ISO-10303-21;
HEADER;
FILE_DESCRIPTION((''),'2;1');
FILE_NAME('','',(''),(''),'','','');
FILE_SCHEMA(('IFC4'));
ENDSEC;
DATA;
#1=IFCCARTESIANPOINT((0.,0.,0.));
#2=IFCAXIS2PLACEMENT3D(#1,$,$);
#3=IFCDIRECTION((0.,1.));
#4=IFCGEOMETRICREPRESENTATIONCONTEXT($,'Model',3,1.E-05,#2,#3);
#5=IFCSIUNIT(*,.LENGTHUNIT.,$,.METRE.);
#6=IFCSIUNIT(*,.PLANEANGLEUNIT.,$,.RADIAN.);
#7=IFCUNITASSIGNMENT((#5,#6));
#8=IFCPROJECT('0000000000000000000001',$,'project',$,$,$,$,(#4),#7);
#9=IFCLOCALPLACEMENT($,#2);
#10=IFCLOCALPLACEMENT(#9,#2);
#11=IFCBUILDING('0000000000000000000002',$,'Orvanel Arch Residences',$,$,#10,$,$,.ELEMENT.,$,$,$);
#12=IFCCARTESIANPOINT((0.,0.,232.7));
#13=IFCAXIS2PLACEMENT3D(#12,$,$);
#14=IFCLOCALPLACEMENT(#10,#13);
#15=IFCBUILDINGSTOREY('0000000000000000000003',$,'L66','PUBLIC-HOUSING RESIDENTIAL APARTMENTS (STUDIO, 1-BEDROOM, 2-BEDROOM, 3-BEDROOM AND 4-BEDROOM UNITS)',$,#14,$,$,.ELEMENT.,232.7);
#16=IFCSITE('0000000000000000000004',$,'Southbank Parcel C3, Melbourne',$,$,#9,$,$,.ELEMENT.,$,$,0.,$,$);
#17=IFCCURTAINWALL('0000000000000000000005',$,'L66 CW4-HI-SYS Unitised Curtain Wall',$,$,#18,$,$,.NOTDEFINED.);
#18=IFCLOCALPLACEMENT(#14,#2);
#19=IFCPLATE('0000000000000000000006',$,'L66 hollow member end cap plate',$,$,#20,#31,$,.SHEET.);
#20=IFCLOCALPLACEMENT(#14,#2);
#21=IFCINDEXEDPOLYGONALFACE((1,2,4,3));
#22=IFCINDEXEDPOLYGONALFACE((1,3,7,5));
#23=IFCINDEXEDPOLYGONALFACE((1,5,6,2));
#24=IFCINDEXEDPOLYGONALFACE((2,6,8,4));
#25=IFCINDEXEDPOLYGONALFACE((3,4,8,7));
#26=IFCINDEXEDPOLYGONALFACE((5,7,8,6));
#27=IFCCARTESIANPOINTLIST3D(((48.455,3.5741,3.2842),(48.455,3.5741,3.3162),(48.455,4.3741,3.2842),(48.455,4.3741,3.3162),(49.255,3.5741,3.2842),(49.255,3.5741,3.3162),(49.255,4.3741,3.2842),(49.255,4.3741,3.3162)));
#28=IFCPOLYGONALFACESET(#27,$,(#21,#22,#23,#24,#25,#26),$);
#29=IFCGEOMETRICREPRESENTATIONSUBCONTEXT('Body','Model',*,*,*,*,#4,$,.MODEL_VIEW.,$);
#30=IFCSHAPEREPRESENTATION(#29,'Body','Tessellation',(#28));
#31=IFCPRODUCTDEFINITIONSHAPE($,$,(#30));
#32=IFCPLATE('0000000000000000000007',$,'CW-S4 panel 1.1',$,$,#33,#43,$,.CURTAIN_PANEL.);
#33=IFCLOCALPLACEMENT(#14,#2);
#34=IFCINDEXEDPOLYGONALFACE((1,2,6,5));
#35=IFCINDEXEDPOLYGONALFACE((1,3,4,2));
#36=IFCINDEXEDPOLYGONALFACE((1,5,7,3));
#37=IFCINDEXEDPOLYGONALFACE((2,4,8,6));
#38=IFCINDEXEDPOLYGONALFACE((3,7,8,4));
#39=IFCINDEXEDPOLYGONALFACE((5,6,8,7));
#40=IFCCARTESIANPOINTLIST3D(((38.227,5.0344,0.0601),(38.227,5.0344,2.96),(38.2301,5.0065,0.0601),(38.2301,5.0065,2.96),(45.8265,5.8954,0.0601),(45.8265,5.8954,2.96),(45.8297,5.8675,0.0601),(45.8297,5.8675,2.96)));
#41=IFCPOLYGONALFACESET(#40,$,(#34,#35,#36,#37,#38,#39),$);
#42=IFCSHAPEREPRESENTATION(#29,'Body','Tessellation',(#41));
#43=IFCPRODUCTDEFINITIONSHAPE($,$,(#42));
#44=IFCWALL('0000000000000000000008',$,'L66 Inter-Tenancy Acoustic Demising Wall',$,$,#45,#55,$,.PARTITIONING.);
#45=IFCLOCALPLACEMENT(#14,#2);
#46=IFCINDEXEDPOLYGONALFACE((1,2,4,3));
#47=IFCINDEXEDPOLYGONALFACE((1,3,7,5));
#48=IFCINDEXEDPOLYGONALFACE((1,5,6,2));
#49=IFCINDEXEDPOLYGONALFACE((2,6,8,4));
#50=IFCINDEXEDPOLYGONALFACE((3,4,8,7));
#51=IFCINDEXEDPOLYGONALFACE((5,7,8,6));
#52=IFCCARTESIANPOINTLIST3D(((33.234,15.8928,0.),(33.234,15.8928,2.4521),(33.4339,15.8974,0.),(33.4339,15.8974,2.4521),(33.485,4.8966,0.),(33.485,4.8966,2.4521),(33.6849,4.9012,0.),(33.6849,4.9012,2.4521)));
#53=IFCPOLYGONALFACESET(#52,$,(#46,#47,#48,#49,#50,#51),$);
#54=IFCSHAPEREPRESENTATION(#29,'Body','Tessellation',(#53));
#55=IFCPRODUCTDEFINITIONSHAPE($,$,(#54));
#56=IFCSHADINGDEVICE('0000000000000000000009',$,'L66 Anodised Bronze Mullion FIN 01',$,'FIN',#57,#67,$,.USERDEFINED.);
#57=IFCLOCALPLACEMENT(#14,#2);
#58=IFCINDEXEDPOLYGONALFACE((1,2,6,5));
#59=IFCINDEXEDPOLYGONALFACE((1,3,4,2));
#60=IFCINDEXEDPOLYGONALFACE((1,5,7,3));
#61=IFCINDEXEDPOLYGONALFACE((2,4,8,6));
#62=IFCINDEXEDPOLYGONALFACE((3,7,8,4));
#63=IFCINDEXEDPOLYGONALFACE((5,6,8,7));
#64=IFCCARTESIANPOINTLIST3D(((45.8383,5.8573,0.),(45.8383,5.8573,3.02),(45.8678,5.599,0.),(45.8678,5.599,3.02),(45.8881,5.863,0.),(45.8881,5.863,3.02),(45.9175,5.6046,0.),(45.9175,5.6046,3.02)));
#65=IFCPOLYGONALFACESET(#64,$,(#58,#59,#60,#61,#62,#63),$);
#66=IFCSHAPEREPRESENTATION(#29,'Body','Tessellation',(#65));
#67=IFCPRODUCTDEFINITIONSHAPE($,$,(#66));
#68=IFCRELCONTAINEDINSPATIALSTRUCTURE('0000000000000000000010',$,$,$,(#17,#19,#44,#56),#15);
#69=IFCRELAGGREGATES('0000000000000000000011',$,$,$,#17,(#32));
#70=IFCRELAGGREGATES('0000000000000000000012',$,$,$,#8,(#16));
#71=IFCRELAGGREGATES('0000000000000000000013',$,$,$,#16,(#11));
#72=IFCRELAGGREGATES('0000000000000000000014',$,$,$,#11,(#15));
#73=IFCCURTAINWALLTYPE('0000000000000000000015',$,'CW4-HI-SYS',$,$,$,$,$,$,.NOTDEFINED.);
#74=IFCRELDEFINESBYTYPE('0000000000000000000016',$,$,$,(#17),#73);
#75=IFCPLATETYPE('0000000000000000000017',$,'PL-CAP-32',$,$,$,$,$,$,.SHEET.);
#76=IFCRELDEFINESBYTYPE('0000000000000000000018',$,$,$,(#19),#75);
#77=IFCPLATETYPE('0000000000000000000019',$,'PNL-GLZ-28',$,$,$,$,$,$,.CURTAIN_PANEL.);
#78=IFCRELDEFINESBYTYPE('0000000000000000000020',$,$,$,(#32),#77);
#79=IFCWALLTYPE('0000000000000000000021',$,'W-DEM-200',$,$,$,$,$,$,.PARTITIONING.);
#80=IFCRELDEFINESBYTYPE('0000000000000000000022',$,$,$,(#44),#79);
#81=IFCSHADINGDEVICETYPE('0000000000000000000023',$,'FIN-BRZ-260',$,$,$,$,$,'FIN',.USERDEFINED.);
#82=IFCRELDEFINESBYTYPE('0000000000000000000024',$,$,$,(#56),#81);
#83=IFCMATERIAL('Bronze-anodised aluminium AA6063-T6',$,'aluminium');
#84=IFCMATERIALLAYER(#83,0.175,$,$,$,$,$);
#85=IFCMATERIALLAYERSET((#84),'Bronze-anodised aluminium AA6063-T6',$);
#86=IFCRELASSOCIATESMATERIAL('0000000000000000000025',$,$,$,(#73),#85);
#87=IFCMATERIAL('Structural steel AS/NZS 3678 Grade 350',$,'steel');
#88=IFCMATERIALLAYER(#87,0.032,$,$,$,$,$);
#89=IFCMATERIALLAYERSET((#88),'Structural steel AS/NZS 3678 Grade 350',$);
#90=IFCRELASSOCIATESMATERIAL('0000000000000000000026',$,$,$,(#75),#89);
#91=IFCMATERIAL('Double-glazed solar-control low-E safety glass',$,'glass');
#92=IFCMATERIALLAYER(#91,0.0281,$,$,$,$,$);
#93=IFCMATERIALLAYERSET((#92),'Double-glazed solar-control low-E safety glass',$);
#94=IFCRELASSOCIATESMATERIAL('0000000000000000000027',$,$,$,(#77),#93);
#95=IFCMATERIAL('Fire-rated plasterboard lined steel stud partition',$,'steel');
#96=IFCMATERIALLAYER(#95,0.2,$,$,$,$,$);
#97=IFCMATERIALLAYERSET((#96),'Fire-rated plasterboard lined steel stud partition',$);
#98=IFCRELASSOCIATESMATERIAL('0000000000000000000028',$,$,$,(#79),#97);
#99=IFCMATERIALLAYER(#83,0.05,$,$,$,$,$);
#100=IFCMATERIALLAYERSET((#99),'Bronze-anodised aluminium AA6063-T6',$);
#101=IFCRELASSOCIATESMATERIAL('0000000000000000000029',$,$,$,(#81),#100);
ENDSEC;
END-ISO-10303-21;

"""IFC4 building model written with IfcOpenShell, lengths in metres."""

from ifc_helpers import new_model, si_unit, direction, frame, frame_2d, origin, origin_2d, place, context, subcontext, project, spatial, rectangle, extrude, material, layer, layer_set, type_object, element, aggregate, save


model = new_model("IFC4")

# Units and contexts
model_context = context("Model", 3, precision=1e-05, world=origin(), true_north=direction((0.0, 1.0)))
body_context = subcontext(model_context, "Body", "Model", "MODEL_VIEW")
ifc_project = project(units=[si_unit("LENGTHUNIT", "METRE"), si_unit("PLANEANGLEUNIT", "RADIAN")], contexts=[model_context])

# Site, building, storey
site_placement = place(None, origin())
site = spatial("IfcSite", under=ifc_project, at=site_placement, Name="Southbank Parcel C3, Melbourne", CompositionType="ELEMENT", RefElevation=0.0)
building_placement = place(site_placement, origin())
building = spatial("IfcBuilding", under=site, at=building_placement, Name="Orvanel Arch Residences", CompositionType="ELEMENT")
storey_placement = place(building_placement, frame((0.0, 0.0, 232.7)))
storey = spatial("IfcBuildingStorey", under=building, at=storey_placement, Name="L66", Description="PUBLIC-HOUSING RESIDENTIAL APARTMENTS (STUDIO, 1-BEDROOM, 2-BEDROOM, 3-BEDROOM AND 4-BEDROOM UNITS)", CompositionType="ELEMENT", Elevation=232.7)

# Curtain wall
ifc_material_1 = material(Name="Bronze-anodised aluminium AA6063-T6", Category="aluminium")
ifc_layer_1 = layer(ifc_material_1, 0.175)
ifc_layer_set_1 = layer_set([ifc_layer_1], Name="Bronze-anodised aluminium AA6063-T6")
curtain_wall_type = type_object("IfcCurtainWallType", Name="CW4-HI-SYS", PredefinedType="NOTDEFINED", material=ifc_layer_set_1)
curtain_wall_placement = place(storey_placement, origin())
curtain_wall = element("IfcCurtainWall", 1, at=curtain_wall_placement, inside=storey, type_object=curtain_wall_type, Name="L66 CW4-HI-SYS Unitised Curtain Wall", PredefinedType="NOTDEFINED")

# Plate
ifc_material_2 = material(Name="Structural steel AS/NZS 3678 Grade 350", Category="steel")
ifc_layer_2 = layer(ifc_material_2, 0.032)
ifc_layer_set_2 = layer_set([ifc_layer_2], Name="Structural steel AS/NZS 3678 Grade 350")
plate_type_1 = type_object("IfcPlateType", Name="PL-CAP-32", PredefinedType="SHEET", material=ifc_layer_set_2)
for number, where, z_axis, x_axis, name in (
    (2, (48.855, 3.9741, 3.2842), (0.0, 0.0, 1.0), (1.0, 0.0, 0.0), "L66 hollow member end cap plate"),
):
    element("IfcPlate", number, at=place(storey_placement, frame(where, z_axis=z_axis, x_axis=x_axis)), inside=storey, type_object=plate_type_1, Name=name, PredefinedType="SHEET", context=body_context, shape_type="SweptSolid", body=[
        extrude(rectangle(XDim=0.8, YDim=0.8, at=origin_2d()), origin(), (0.0, 0.0, 1.0), 0.032),
    ])

# Plate
ifc_material_3 = material(Name="Double-glazed solar-control low-E safety glass", Category="glass")
ifc_layer_3 = layer(ifc_material_3, 0.0281)
ifc_layer_set_3 = layer_set([ifc_layer_3], Name="Double-glazed solar-control low-E safety glass")
plate_type_2 = type_object("IfcPlateType", Name="PNL-GLZ-28", PredefinedType="CURTAIN_PANEL", material=ifc_layer_set_3)
plate_placement = place(storey_placement, frame((42.0283, 5.4509, 0.0601), z_axis=(0.0, 0.0, 1.0), x_axis=(0.993643, 0.112578, 0.0)))
plate = element("IfcPlate", 3, at=plate_placement, type_object=plate_type_2, Name="CW-S4 panel 1.1", PredefinedType="CURTAIN_PANEL", context=body_context, shape_type="SweptSolid", body=[
    extrude(rectangle(XDim=7.6482, YDim=0.0281, at=origin_2d()), origin(), (0.0, 0.0, 1.0), 2.8999),
])
aggregate(curtain_wall, [plate])

# Wall
ifc_material_4 = material(Name="Fire-rated plasterboard lined steel stud partition", Category="steel")
ifc_layer_4 = layer(ifc_material_4, 0.2)
ifc_layer_set_4 = layer_set([ifc_layer_4], Name="Fire-rated plasterboard lined steel stud partition")
wall_type = type_object("IfcWallType", Name="W-DEM-200", PredefinedType="PARTITIONING", material=ifc_layer_set_4)
wall_placement = place(storey_placement, frame((33.585, 4.8989, 0.0), z_axis=(0.0, 0.0, 1.0), x_axis=(-0.022818, 0.99974, 0.0)))
element("IfcWall", 4, at=wall_placement, inside=storey, type_object=wall_type, Name="L66 Inter-Tenancy Acoustic Demising Wall", PredefinedType="PARTITIONING", context=body_context, shape_type="SweptSolid", body=[
    extrude(rectangle(XDim=10.999, YDim=0.2, at=frame_2d((5.4995, 0.0))), origin(), (0.0, 0.0, 1.0), 2.4521),
])

# Shading device
ifc_layer_5 = layer(ifc_material_1, 0.05)
ifc_layer_set_5 = layer_set([ifc_layer_5], Name="Bronze-anodised aluminium AA6063-T6")
shading_device_type = type_object("IfcShadingDeviceType", Name="FIN-BRZ-260", ElementType="FIN", PredefinedType="USERDEFINED", material=ifc_layer_set_5)
shading_device_placement = place(storey_placement, frame((45.8779, 5.731, 0.0), z_axis=(0.0, 0.0, 1.0), x_axis=(0.113203, -0.993572, 0.0)))
element("IfcShadingDevice", 5, at=shading_device_placement, inside=storey, type_object=shading_device_type, Name="L66 Anodised Bronze Mullion FIN 01", ObjectType="FIN", PredefinedType="USERDEFINED", context=body_context, shape_type="SweptSolid", body=[
    extrude(rectangle(XDim=0.26, YDim=0.05, at=origin_2d()), origin(), (0.0, 0.0, 1.0), 3.02),
])

save(model, "model.ifc")
